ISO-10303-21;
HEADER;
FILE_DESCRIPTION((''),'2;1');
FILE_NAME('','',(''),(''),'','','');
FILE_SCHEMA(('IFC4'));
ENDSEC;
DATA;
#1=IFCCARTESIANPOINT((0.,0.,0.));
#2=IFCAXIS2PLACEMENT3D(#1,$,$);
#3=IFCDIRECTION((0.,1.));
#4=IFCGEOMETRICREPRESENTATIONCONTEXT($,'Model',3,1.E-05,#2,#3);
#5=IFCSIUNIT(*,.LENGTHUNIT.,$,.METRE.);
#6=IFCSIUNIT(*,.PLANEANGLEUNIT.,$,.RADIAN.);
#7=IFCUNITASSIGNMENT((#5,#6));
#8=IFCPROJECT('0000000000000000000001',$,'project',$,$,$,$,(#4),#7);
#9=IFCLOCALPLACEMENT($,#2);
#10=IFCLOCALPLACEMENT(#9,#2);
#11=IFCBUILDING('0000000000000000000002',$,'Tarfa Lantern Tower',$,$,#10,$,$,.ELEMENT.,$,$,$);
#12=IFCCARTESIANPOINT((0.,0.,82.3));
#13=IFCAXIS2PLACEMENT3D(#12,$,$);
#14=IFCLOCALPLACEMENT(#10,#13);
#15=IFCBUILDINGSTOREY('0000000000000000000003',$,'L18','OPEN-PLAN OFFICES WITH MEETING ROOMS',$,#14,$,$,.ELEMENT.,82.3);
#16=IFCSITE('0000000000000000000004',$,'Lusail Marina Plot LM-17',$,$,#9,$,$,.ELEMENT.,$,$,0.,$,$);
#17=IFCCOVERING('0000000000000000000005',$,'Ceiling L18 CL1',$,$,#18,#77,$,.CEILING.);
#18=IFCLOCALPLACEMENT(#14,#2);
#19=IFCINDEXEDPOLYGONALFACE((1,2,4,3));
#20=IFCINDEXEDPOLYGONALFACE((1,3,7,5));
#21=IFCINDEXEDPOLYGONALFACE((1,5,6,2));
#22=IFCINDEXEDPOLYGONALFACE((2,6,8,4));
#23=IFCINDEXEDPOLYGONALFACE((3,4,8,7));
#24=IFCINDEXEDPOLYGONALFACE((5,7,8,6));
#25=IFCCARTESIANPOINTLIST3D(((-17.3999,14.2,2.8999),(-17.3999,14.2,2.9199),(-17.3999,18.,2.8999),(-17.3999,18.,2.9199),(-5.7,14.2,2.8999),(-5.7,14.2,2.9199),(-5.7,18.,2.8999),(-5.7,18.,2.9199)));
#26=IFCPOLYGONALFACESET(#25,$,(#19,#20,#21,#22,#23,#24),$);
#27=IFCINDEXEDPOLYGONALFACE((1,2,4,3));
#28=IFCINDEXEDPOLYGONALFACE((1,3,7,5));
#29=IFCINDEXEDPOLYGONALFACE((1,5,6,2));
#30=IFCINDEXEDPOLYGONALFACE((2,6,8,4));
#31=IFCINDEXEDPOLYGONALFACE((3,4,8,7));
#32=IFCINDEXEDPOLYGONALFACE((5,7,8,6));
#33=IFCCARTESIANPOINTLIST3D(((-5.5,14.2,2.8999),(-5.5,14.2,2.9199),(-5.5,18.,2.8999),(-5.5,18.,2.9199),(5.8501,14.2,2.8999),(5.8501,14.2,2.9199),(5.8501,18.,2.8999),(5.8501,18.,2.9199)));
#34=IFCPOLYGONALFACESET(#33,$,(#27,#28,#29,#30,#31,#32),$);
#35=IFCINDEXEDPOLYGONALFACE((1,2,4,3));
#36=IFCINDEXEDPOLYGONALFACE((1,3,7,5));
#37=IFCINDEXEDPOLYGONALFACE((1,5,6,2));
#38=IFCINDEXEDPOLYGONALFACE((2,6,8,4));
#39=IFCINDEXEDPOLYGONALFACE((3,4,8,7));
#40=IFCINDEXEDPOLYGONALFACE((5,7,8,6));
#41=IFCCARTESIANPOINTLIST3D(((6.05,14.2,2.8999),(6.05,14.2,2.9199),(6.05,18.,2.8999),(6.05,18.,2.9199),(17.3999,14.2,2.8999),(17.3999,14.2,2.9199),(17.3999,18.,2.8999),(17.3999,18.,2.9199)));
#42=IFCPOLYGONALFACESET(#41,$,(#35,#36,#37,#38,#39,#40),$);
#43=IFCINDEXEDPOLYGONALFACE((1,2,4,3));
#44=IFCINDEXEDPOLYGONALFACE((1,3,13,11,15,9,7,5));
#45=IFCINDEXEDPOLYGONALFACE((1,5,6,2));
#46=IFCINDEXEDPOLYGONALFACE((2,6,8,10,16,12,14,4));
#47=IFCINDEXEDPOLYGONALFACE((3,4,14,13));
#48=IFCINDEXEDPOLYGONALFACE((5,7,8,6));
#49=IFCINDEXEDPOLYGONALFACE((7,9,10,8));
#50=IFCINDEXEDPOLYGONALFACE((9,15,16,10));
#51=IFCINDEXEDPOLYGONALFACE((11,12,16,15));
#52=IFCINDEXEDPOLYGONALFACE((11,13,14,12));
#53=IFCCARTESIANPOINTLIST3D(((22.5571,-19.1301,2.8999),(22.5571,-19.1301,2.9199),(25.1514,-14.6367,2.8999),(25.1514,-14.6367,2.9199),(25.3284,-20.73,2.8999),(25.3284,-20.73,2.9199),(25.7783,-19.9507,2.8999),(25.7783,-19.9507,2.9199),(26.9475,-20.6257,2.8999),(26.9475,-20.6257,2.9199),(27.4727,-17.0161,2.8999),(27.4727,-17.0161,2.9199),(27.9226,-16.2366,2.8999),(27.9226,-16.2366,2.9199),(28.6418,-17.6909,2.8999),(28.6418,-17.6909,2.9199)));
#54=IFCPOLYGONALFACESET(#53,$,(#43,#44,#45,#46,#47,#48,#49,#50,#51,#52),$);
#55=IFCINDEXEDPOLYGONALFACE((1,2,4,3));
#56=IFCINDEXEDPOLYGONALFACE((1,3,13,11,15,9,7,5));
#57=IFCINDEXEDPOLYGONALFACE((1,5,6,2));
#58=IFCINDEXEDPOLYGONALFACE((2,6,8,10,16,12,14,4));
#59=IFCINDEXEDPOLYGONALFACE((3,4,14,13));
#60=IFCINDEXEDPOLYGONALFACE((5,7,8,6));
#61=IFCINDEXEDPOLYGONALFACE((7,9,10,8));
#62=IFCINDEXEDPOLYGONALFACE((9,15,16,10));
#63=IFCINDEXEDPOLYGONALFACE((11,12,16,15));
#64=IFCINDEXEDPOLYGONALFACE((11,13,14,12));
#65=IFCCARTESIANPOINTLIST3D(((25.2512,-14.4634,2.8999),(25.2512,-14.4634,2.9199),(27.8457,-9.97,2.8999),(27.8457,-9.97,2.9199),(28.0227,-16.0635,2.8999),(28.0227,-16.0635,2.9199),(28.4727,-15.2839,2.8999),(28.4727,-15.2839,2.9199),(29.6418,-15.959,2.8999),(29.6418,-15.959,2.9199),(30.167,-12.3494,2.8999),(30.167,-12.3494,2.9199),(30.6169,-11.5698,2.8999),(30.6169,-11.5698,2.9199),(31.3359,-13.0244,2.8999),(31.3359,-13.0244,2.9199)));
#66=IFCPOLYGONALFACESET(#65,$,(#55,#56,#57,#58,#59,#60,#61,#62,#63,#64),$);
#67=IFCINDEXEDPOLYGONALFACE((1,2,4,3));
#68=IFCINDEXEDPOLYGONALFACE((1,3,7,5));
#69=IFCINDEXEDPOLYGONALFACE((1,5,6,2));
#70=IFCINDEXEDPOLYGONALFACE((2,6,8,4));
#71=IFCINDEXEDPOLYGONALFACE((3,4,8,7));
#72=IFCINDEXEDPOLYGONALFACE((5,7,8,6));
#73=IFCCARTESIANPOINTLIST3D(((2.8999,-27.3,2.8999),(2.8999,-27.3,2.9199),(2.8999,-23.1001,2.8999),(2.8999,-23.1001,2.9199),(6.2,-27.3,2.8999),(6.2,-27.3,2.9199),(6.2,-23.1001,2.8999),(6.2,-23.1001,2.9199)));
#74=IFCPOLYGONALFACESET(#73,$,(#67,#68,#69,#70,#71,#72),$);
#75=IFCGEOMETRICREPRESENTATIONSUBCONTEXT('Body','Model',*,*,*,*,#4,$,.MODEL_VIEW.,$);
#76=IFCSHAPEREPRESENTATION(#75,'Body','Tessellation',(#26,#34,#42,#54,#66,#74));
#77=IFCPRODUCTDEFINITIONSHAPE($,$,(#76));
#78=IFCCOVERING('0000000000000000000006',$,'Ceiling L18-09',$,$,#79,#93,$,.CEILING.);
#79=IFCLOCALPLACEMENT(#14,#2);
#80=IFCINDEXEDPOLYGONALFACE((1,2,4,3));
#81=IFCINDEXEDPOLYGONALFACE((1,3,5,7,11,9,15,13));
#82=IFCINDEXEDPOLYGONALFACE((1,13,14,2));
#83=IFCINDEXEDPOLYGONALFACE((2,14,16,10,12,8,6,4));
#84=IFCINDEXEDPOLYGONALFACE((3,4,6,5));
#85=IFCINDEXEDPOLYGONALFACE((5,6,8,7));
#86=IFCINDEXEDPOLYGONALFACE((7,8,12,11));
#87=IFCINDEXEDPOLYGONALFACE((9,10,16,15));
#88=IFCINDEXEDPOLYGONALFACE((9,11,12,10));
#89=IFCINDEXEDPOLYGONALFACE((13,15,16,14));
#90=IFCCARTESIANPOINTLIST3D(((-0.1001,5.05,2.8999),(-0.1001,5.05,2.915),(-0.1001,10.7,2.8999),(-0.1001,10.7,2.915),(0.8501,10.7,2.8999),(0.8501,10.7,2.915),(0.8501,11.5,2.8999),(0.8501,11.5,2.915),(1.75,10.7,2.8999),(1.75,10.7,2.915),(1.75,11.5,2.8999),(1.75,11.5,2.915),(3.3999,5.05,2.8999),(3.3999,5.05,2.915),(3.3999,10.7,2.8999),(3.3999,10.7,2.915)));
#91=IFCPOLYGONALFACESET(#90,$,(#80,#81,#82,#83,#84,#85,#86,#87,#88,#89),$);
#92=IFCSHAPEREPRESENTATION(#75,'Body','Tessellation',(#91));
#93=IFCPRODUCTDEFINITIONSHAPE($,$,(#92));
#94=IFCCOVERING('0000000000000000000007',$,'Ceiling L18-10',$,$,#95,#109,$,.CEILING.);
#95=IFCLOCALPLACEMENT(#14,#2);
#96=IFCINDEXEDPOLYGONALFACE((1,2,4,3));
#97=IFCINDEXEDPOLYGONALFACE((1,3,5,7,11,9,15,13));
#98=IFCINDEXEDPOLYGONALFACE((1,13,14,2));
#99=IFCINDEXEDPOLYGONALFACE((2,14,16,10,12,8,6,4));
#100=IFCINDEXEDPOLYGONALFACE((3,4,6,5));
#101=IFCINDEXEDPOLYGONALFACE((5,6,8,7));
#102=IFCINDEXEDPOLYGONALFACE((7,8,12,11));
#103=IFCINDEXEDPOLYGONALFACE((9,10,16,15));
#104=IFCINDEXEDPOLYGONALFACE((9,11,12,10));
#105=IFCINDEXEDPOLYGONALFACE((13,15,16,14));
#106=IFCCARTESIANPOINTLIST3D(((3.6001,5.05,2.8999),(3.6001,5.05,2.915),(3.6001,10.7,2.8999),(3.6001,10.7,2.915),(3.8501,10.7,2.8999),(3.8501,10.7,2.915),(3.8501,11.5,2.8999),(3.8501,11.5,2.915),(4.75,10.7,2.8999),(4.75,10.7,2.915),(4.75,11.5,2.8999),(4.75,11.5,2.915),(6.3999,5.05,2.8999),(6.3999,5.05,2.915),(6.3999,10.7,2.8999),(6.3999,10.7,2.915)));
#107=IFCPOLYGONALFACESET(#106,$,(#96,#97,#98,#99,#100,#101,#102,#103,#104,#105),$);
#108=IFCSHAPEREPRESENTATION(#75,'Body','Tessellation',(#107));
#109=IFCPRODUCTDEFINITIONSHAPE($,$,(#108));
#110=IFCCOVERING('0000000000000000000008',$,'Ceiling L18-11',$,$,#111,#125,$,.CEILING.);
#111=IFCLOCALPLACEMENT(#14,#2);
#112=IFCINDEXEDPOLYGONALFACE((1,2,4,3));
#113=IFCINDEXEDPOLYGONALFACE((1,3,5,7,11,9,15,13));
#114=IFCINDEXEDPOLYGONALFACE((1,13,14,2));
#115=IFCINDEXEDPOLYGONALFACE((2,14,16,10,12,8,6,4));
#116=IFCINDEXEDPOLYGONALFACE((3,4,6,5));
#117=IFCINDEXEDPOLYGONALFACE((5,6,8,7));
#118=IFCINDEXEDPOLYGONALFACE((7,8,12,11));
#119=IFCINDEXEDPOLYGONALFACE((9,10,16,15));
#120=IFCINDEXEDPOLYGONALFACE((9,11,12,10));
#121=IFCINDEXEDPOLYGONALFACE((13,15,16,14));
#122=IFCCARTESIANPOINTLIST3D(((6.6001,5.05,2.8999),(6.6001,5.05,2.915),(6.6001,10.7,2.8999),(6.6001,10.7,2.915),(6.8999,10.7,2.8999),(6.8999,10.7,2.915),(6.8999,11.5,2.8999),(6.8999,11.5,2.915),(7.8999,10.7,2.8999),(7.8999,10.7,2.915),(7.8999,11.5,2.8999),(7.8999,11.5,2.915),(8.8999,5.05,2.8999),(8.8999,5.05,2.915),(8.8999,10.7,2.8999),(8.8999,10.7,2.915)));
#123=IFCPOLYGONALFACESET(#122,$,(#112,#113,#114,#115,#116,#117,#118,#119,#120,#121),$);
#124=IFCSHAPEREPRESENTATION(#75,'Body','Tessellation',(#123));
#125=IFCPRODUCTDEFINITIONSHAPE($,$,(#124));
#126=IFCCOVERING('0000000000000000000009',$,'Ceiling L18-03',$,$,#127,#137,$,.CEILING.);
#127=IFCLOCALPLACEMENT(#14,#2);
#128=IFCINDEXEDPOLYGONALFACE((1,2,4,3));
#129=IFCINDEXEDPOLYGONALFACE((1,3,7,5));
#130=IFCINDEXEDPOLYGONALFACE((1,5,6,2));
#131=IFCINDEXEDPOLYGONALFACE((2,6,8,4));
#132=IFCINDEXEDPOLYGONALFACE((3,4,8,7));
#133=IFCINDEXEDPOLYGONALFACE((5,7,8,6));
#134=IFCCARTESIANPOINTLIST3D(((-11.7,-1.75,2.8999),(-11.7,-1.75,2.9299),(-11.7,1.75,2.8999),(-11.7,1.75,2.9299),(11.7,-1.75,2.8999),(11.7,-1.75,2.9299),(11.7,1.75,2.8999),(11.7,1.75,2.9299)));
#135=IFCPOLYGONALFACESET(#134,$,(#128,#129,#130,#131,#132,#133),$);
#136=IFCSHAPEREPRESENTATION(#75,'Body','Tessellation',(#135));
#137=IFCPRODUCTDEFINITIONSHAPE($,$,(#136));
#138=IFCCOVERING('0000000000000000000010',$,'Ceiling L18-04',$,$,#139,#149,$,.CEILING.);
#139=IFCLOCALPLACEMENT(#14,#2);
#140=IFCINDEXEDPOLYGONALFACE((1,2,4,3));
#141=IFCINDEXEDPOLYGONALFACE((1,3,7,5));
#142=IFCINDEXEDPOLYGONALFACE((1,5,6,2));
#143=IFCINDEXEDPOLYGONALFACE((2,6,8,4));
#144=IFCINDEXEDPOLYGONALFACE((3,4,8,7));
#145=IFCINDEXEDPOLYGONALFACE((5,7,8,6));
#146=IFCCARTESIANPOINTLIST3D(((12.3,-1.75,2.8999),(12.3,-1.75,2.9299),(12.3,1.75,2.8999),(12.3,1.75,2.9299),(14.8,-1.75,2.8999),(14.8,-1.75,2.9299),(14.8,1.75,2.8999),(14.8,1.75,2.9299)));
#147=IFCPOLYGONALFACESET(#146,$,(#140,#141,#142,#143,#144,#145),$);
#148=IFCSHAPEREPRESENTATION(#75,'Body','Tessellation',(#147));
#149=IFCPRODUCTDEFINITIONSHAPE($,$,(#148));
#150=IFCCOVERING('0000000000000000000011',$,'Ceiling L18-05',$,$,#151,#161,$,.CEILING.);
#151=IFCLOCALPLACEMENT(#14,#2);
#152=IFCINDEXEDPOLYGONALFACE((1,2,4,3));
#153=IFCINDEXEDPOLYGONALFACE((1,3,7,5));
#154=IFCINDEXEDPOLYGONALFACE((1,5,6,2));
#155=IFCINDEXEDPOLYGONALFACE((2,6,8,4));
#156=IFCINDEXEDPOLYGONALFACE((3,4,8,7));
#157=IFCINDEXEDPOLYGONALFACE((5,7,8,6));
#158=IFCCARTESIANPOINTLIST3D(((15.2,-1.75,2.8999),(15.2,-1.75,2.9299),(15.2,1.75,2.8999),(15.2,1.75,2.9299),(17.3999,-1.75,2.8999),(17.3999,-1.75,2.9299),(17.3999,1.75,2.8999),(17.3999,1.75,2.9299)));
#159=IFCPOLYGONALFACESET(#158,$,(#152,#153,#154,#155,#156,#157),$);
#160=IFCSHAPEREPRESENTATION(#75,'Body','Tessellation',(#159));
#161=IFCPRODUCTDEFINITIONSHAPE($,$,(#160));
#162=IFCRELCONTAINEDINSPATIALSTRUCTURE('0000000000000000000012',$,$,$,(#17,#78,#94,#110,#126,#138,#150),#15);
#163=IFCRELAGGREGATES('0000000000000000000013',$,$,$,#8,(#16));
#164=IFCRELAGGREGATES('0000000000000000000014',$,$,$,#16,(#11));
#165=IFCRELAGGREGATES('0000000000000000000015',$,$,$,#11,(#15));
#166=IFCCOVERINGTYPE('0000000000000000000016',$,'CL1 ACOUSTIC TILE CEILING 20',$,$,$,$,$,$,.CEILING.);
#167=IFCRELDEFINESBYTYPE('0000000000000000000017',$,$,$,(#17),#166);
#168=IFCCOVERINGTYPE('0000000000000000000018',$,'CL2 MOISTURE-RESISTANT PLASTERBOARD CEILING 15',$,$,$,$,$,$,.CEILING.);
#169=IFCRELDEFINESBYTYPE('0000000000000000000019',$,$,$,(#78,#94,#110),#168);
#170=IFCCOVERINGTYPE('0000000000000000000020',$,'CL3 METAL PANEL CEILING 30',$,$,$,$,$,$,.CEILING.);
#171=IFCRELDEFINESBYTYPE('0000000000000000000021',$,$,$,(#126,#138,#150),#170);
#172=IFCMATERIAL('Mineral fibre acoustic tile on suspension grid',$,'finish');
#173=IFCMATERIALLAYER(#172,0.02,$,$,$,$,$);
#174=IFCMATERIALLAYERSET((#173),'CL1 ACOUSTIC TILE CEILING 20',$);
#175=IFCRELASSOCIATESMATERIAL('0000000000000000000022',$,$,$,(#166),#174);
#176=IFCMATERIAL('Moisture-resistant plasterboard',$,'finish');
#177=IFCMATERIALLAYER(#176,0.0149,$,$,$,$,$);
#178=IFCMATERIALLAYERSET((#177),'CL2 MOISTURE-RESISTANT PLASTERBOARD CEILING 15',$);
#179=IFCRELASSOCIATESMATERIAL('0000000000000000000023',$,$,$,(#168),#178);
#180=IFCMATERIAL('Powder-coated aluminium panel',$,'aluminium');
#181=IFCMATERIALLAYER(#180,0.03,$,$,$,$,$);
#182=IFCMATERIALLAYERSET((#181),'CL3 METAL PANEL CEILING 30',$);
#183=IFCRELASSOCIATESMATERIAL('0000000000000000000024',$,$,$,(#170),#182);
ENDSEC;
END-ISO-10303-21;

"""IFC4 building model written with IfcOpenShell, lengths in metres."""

from ifc_helpers import new_model, si_unit, direction, frame, origin, place, context, subcontext, project, spatial, polyline, outline, extrude, material, layer, layer_set, type_object, element, save


model = new_model("IFC4")

# Units and contexts
model_context = context("Model", 3, precision=1e-05, world=origin(), true_north=direction((0.0, 1.0)))
body_context = subcontext(model_context, "Body", "Model", "MODEL_VIEW")
ifc_project = project(units=[si_unit("LENGTHUNIT", "METRE"), si_unit("PLANEANGLEUNIT", "RADIAN")], contexts=[model_context])

# Site, building, storey
site_placement = place(None, origin())
site = spatial("IfcSite", under=ifc_project, at=site_placement, Name="Lusail Marina Plot LM-17", CompositionType="ELEMENT", RefElevation=0.0)
building_placement = place(site_placement, origin())
building = spatial("IfcBuilding", under=site, at=building_placement, Name="Tarfa Lantern Tower", CompositionType="ELEMENT")
storey_placement = place(building_placement, frame((0.0, 0.0, 82.3)))
storey = spatial("IfcBuildingStorey", under=building, at=storey_placement, Name="L18", Description="OPEN-PLAN OFFICES WITH MEETING ROOMS", CompositionType="ELEMENT", Elevation=82.3)

# Coverings
ifc_material_1 = material(Name="Mineral fibre acoustic tile on suspension grid", Category="finish")
ifc_layer_1 = layer(ifc_material_1, 0.02)
ifc_layer_set_1 = layer_set([ifc_layer_1], Name="CL1 ACOUSTIC TILE CEILING 20")
covering_type_1 = type_object("IfcCoveringType", Name="CL1 ACOUSTIC TILE CEILING 20", PredefinedType="CEILING", material=ifc_layer_set_1)
covering_1_placement = place(storey_placement, frame((0.0, 0.0, 2.8999)))
element("IfcCovering", 1, at=covering_1_placement, inside=storey, type_object=covering_type_1, Name="Ceiling L18 CL1", PredefinedType="CEILING", context=body_context, shape_type="SweptSolid", body=[
    extrude(outline(polyline([(-17.3999, 18.0), (-5.7, 18.0), (-5.7, 14.2), (-17.3999, 14.2), (-17.3999, 18.0)])), origin(), (0.0, 0.0, 1.0), 0.02),
    extrude(outline(polyline([(-5.5, 18.0), (5.8501, 18.0), (5.8501, 14.2), (-5.5, 14.2), (-5.5, 18.0)])), origin(), (0.0, 0.0, 1.0), 0.02),
    extrude(outline(polyline([(6.05, 18.0), (17.3999, 18.0), (17.3999, 14.2), (6.05, 14.2), (6.05, 18.0)])), origin(), (0.0, 0.0, 1.0), 0.02),
    extrude(outline(polyline([(25.1514, -14.6367), (27.9226, -16.2366), (27.4727, -17.0161), (28.6418, -17.6909), (26.9475, -20.6257), (25.7783, -19.9507), (25.3284, -20.73), (22.5571, -19.1301), (25.1514, -14.6367)])), origin(), (0.0, 0.0, 1.0), 0.02),
    extrude(outline(polyline([(27.8457, -9.97), (30.6169, -11.5698), (30.167, -12.3494), (31.3359, -13.0244), (29.6418, -15.959), (28.4727, -15.2839), (28.0227, -16.0635), (25.2512, -14.4634), (27.8457, -9.97)])), origin(), (0.0, 0.0, 1.0), 0.02),
    extrude(outline(polyline([(6.2, -27.3), (2.8999, -27.3), (2.8999, -23.1001), (6.2, -23.1001), (6.2, -27.3)])), origin(), (0.0, 0.0, 1.0), 0.02),
])
ifc_material_2 = material(Name="Moisture-resistant plasterboard", Category="finish")
ifc_layer_2 = layer(ifc_material_2, 0.0149)
ifc_layer_set_2 = layer_set([ifc_layer_2], Name="CL2 MOISTURE-RESISTANT PLASTERBOARD CEILING 15")
covering_type_2 = type_object("IfcCoveringType", Name="CL2 MOISTURE-RESISTANT PLASTERBOARD CEILING 15", PredefinedType="CEILING", material=ifc_layer_set_2)
covering_2_placement = place(storey_placement, frame((0.0, 0.0, 2.8999)))
element("IfcCovering", 2, at=covering_2_placement, inside=storey, type_object=covering_type_2, Name="Ceiling L18-09", PredefinedType="CEILING", context=body_context, shape_type="SweptSolid", body=[
    extrude(outline(polyline([(0.8501, 10.7), (-0.1001, 10.7), (-0.1001, 5.05), (3.3999, 5.05), (3.3999, 10.7), (1.75, 10.7), (1.75, 11.5), (0.8501, 11.5), (0.8501, 11.5), (0.8501, 10.7)])), origin(), (0.0, 0.0, 1.0), 0.0151),
])
covering_3_placement = place(storey_placement, frame((0.0, 0.0, 2.8999)))
element("IfcCovering", 3, at=covering_3_placement, inside=storey, type_object=covering_type_2, Name="Ceiling L18-10", PredefinedType="CEILING", context=body_context, shape_type="SweptSolid", body=[
    extrude(outline(polyline([(3.6001, 5.05), (6.3999, 5.05), (6.3999, 10.7), (4.75, 10.7), (4.75, 11.5), (3.8501, 11.5), (3.8501, 10.7), (3.6001, 10.7), (3.6001, 5.05)])), origin(), (0.0, 0.0, 1.0), 0.0151),
])
covering_4_placement = place(storey_placement, frame((0.0, 0.0, 2.8999)))
element("IfcCovering", 4, at=covering_4_placement, inside=storey, type_object=covering_type_2, Name="Ceiling L18-11", PredefinedType="CEILING", context=body_context, shape_type="SweptSolid", body=[
    extrude(outline(polyline([(6.6001, 5.05), (8.8999, 5.05), (8.8999, 10.7), (7.8999, 10.7), (7.8999, 11.5), (6.8999, 11.5), (6.8999, 10.7), (6.6001, 10.7), (6.6001, 5.05)])), origin(), (0.0, 0.0, 1.0), 0.0151),
])
ifc_material_3 = material(Name="Powder-coated aluminium panel", Category="aluminium")
ifc_layer_3 = layer(ifc_material_3, 0.03)
ifc_layer_set_3 = layer_set([ifc_layer_3], Name="CL3 METAL PANEL CEILING 30")
covering_type_3 = type_object("IfcCoveringType", Name="CL3 METAL PANEL CEILING 30", PredefinedType="CEILING", material=ifc_layer_set_3)
covering_5_placement = place(storey_placement, frame((0.0, 0.0, 2.8999)))
element("IfcCovering", 5, at=covering_5_placement, inside=storey, type_object=covering_type_3, Name="Ceiling L18-03", PredefinedType="CEILING", context=body_context, shape_type="SweptSolid", body=[
    extrude(outline(polyline([(-11.7, -1.75), (11.7, -1.75), (11.7, 1.75), (-11.7, 1.75), (-11.7, -1.75)])), origin(), (0.0, 0.0, 1.0), 0.03),
])
covering_6_placement = place(storey_placement, frame((0.0, 0.0, 2.8999)))
element("IfcCovering", 6, at=covering_6_placement, inside=storey, type_object=covering_type_3, Name="Ceiling L18-04", PredefinedType="CEILING", context=body_context, shape_type="SweptSolid", body=[
    extrude(outline(polyline([(12.3, -1.75), (14.8, -1.75), (14.8, 1.75), (12.3, 1.75), (12.3, -1.75)])), origin(), (0.0, 0.0, 1.0), 0.03),
])
covering_7_placement = place(storey_placement, frame((0.0, 0.0, 2.8999)))
element("IfcCovering", 7, at=covering_7_placement, inside=storey, type_object=covering_type_3, Name="Ceiling L18-05", PredefinedType="CEILING", context=body_context, shape_type="SweptSolid", body=[
    extrude(outline(polyline([(15.2, -1.75), (17.3999, -1.75), (17.3999, 1.75), (15.2, 1.75), (15.2, -1.75)])), origin(), (0.0, 0.0, 1.0), 0.03),
])

save(model, "model.ifc")
